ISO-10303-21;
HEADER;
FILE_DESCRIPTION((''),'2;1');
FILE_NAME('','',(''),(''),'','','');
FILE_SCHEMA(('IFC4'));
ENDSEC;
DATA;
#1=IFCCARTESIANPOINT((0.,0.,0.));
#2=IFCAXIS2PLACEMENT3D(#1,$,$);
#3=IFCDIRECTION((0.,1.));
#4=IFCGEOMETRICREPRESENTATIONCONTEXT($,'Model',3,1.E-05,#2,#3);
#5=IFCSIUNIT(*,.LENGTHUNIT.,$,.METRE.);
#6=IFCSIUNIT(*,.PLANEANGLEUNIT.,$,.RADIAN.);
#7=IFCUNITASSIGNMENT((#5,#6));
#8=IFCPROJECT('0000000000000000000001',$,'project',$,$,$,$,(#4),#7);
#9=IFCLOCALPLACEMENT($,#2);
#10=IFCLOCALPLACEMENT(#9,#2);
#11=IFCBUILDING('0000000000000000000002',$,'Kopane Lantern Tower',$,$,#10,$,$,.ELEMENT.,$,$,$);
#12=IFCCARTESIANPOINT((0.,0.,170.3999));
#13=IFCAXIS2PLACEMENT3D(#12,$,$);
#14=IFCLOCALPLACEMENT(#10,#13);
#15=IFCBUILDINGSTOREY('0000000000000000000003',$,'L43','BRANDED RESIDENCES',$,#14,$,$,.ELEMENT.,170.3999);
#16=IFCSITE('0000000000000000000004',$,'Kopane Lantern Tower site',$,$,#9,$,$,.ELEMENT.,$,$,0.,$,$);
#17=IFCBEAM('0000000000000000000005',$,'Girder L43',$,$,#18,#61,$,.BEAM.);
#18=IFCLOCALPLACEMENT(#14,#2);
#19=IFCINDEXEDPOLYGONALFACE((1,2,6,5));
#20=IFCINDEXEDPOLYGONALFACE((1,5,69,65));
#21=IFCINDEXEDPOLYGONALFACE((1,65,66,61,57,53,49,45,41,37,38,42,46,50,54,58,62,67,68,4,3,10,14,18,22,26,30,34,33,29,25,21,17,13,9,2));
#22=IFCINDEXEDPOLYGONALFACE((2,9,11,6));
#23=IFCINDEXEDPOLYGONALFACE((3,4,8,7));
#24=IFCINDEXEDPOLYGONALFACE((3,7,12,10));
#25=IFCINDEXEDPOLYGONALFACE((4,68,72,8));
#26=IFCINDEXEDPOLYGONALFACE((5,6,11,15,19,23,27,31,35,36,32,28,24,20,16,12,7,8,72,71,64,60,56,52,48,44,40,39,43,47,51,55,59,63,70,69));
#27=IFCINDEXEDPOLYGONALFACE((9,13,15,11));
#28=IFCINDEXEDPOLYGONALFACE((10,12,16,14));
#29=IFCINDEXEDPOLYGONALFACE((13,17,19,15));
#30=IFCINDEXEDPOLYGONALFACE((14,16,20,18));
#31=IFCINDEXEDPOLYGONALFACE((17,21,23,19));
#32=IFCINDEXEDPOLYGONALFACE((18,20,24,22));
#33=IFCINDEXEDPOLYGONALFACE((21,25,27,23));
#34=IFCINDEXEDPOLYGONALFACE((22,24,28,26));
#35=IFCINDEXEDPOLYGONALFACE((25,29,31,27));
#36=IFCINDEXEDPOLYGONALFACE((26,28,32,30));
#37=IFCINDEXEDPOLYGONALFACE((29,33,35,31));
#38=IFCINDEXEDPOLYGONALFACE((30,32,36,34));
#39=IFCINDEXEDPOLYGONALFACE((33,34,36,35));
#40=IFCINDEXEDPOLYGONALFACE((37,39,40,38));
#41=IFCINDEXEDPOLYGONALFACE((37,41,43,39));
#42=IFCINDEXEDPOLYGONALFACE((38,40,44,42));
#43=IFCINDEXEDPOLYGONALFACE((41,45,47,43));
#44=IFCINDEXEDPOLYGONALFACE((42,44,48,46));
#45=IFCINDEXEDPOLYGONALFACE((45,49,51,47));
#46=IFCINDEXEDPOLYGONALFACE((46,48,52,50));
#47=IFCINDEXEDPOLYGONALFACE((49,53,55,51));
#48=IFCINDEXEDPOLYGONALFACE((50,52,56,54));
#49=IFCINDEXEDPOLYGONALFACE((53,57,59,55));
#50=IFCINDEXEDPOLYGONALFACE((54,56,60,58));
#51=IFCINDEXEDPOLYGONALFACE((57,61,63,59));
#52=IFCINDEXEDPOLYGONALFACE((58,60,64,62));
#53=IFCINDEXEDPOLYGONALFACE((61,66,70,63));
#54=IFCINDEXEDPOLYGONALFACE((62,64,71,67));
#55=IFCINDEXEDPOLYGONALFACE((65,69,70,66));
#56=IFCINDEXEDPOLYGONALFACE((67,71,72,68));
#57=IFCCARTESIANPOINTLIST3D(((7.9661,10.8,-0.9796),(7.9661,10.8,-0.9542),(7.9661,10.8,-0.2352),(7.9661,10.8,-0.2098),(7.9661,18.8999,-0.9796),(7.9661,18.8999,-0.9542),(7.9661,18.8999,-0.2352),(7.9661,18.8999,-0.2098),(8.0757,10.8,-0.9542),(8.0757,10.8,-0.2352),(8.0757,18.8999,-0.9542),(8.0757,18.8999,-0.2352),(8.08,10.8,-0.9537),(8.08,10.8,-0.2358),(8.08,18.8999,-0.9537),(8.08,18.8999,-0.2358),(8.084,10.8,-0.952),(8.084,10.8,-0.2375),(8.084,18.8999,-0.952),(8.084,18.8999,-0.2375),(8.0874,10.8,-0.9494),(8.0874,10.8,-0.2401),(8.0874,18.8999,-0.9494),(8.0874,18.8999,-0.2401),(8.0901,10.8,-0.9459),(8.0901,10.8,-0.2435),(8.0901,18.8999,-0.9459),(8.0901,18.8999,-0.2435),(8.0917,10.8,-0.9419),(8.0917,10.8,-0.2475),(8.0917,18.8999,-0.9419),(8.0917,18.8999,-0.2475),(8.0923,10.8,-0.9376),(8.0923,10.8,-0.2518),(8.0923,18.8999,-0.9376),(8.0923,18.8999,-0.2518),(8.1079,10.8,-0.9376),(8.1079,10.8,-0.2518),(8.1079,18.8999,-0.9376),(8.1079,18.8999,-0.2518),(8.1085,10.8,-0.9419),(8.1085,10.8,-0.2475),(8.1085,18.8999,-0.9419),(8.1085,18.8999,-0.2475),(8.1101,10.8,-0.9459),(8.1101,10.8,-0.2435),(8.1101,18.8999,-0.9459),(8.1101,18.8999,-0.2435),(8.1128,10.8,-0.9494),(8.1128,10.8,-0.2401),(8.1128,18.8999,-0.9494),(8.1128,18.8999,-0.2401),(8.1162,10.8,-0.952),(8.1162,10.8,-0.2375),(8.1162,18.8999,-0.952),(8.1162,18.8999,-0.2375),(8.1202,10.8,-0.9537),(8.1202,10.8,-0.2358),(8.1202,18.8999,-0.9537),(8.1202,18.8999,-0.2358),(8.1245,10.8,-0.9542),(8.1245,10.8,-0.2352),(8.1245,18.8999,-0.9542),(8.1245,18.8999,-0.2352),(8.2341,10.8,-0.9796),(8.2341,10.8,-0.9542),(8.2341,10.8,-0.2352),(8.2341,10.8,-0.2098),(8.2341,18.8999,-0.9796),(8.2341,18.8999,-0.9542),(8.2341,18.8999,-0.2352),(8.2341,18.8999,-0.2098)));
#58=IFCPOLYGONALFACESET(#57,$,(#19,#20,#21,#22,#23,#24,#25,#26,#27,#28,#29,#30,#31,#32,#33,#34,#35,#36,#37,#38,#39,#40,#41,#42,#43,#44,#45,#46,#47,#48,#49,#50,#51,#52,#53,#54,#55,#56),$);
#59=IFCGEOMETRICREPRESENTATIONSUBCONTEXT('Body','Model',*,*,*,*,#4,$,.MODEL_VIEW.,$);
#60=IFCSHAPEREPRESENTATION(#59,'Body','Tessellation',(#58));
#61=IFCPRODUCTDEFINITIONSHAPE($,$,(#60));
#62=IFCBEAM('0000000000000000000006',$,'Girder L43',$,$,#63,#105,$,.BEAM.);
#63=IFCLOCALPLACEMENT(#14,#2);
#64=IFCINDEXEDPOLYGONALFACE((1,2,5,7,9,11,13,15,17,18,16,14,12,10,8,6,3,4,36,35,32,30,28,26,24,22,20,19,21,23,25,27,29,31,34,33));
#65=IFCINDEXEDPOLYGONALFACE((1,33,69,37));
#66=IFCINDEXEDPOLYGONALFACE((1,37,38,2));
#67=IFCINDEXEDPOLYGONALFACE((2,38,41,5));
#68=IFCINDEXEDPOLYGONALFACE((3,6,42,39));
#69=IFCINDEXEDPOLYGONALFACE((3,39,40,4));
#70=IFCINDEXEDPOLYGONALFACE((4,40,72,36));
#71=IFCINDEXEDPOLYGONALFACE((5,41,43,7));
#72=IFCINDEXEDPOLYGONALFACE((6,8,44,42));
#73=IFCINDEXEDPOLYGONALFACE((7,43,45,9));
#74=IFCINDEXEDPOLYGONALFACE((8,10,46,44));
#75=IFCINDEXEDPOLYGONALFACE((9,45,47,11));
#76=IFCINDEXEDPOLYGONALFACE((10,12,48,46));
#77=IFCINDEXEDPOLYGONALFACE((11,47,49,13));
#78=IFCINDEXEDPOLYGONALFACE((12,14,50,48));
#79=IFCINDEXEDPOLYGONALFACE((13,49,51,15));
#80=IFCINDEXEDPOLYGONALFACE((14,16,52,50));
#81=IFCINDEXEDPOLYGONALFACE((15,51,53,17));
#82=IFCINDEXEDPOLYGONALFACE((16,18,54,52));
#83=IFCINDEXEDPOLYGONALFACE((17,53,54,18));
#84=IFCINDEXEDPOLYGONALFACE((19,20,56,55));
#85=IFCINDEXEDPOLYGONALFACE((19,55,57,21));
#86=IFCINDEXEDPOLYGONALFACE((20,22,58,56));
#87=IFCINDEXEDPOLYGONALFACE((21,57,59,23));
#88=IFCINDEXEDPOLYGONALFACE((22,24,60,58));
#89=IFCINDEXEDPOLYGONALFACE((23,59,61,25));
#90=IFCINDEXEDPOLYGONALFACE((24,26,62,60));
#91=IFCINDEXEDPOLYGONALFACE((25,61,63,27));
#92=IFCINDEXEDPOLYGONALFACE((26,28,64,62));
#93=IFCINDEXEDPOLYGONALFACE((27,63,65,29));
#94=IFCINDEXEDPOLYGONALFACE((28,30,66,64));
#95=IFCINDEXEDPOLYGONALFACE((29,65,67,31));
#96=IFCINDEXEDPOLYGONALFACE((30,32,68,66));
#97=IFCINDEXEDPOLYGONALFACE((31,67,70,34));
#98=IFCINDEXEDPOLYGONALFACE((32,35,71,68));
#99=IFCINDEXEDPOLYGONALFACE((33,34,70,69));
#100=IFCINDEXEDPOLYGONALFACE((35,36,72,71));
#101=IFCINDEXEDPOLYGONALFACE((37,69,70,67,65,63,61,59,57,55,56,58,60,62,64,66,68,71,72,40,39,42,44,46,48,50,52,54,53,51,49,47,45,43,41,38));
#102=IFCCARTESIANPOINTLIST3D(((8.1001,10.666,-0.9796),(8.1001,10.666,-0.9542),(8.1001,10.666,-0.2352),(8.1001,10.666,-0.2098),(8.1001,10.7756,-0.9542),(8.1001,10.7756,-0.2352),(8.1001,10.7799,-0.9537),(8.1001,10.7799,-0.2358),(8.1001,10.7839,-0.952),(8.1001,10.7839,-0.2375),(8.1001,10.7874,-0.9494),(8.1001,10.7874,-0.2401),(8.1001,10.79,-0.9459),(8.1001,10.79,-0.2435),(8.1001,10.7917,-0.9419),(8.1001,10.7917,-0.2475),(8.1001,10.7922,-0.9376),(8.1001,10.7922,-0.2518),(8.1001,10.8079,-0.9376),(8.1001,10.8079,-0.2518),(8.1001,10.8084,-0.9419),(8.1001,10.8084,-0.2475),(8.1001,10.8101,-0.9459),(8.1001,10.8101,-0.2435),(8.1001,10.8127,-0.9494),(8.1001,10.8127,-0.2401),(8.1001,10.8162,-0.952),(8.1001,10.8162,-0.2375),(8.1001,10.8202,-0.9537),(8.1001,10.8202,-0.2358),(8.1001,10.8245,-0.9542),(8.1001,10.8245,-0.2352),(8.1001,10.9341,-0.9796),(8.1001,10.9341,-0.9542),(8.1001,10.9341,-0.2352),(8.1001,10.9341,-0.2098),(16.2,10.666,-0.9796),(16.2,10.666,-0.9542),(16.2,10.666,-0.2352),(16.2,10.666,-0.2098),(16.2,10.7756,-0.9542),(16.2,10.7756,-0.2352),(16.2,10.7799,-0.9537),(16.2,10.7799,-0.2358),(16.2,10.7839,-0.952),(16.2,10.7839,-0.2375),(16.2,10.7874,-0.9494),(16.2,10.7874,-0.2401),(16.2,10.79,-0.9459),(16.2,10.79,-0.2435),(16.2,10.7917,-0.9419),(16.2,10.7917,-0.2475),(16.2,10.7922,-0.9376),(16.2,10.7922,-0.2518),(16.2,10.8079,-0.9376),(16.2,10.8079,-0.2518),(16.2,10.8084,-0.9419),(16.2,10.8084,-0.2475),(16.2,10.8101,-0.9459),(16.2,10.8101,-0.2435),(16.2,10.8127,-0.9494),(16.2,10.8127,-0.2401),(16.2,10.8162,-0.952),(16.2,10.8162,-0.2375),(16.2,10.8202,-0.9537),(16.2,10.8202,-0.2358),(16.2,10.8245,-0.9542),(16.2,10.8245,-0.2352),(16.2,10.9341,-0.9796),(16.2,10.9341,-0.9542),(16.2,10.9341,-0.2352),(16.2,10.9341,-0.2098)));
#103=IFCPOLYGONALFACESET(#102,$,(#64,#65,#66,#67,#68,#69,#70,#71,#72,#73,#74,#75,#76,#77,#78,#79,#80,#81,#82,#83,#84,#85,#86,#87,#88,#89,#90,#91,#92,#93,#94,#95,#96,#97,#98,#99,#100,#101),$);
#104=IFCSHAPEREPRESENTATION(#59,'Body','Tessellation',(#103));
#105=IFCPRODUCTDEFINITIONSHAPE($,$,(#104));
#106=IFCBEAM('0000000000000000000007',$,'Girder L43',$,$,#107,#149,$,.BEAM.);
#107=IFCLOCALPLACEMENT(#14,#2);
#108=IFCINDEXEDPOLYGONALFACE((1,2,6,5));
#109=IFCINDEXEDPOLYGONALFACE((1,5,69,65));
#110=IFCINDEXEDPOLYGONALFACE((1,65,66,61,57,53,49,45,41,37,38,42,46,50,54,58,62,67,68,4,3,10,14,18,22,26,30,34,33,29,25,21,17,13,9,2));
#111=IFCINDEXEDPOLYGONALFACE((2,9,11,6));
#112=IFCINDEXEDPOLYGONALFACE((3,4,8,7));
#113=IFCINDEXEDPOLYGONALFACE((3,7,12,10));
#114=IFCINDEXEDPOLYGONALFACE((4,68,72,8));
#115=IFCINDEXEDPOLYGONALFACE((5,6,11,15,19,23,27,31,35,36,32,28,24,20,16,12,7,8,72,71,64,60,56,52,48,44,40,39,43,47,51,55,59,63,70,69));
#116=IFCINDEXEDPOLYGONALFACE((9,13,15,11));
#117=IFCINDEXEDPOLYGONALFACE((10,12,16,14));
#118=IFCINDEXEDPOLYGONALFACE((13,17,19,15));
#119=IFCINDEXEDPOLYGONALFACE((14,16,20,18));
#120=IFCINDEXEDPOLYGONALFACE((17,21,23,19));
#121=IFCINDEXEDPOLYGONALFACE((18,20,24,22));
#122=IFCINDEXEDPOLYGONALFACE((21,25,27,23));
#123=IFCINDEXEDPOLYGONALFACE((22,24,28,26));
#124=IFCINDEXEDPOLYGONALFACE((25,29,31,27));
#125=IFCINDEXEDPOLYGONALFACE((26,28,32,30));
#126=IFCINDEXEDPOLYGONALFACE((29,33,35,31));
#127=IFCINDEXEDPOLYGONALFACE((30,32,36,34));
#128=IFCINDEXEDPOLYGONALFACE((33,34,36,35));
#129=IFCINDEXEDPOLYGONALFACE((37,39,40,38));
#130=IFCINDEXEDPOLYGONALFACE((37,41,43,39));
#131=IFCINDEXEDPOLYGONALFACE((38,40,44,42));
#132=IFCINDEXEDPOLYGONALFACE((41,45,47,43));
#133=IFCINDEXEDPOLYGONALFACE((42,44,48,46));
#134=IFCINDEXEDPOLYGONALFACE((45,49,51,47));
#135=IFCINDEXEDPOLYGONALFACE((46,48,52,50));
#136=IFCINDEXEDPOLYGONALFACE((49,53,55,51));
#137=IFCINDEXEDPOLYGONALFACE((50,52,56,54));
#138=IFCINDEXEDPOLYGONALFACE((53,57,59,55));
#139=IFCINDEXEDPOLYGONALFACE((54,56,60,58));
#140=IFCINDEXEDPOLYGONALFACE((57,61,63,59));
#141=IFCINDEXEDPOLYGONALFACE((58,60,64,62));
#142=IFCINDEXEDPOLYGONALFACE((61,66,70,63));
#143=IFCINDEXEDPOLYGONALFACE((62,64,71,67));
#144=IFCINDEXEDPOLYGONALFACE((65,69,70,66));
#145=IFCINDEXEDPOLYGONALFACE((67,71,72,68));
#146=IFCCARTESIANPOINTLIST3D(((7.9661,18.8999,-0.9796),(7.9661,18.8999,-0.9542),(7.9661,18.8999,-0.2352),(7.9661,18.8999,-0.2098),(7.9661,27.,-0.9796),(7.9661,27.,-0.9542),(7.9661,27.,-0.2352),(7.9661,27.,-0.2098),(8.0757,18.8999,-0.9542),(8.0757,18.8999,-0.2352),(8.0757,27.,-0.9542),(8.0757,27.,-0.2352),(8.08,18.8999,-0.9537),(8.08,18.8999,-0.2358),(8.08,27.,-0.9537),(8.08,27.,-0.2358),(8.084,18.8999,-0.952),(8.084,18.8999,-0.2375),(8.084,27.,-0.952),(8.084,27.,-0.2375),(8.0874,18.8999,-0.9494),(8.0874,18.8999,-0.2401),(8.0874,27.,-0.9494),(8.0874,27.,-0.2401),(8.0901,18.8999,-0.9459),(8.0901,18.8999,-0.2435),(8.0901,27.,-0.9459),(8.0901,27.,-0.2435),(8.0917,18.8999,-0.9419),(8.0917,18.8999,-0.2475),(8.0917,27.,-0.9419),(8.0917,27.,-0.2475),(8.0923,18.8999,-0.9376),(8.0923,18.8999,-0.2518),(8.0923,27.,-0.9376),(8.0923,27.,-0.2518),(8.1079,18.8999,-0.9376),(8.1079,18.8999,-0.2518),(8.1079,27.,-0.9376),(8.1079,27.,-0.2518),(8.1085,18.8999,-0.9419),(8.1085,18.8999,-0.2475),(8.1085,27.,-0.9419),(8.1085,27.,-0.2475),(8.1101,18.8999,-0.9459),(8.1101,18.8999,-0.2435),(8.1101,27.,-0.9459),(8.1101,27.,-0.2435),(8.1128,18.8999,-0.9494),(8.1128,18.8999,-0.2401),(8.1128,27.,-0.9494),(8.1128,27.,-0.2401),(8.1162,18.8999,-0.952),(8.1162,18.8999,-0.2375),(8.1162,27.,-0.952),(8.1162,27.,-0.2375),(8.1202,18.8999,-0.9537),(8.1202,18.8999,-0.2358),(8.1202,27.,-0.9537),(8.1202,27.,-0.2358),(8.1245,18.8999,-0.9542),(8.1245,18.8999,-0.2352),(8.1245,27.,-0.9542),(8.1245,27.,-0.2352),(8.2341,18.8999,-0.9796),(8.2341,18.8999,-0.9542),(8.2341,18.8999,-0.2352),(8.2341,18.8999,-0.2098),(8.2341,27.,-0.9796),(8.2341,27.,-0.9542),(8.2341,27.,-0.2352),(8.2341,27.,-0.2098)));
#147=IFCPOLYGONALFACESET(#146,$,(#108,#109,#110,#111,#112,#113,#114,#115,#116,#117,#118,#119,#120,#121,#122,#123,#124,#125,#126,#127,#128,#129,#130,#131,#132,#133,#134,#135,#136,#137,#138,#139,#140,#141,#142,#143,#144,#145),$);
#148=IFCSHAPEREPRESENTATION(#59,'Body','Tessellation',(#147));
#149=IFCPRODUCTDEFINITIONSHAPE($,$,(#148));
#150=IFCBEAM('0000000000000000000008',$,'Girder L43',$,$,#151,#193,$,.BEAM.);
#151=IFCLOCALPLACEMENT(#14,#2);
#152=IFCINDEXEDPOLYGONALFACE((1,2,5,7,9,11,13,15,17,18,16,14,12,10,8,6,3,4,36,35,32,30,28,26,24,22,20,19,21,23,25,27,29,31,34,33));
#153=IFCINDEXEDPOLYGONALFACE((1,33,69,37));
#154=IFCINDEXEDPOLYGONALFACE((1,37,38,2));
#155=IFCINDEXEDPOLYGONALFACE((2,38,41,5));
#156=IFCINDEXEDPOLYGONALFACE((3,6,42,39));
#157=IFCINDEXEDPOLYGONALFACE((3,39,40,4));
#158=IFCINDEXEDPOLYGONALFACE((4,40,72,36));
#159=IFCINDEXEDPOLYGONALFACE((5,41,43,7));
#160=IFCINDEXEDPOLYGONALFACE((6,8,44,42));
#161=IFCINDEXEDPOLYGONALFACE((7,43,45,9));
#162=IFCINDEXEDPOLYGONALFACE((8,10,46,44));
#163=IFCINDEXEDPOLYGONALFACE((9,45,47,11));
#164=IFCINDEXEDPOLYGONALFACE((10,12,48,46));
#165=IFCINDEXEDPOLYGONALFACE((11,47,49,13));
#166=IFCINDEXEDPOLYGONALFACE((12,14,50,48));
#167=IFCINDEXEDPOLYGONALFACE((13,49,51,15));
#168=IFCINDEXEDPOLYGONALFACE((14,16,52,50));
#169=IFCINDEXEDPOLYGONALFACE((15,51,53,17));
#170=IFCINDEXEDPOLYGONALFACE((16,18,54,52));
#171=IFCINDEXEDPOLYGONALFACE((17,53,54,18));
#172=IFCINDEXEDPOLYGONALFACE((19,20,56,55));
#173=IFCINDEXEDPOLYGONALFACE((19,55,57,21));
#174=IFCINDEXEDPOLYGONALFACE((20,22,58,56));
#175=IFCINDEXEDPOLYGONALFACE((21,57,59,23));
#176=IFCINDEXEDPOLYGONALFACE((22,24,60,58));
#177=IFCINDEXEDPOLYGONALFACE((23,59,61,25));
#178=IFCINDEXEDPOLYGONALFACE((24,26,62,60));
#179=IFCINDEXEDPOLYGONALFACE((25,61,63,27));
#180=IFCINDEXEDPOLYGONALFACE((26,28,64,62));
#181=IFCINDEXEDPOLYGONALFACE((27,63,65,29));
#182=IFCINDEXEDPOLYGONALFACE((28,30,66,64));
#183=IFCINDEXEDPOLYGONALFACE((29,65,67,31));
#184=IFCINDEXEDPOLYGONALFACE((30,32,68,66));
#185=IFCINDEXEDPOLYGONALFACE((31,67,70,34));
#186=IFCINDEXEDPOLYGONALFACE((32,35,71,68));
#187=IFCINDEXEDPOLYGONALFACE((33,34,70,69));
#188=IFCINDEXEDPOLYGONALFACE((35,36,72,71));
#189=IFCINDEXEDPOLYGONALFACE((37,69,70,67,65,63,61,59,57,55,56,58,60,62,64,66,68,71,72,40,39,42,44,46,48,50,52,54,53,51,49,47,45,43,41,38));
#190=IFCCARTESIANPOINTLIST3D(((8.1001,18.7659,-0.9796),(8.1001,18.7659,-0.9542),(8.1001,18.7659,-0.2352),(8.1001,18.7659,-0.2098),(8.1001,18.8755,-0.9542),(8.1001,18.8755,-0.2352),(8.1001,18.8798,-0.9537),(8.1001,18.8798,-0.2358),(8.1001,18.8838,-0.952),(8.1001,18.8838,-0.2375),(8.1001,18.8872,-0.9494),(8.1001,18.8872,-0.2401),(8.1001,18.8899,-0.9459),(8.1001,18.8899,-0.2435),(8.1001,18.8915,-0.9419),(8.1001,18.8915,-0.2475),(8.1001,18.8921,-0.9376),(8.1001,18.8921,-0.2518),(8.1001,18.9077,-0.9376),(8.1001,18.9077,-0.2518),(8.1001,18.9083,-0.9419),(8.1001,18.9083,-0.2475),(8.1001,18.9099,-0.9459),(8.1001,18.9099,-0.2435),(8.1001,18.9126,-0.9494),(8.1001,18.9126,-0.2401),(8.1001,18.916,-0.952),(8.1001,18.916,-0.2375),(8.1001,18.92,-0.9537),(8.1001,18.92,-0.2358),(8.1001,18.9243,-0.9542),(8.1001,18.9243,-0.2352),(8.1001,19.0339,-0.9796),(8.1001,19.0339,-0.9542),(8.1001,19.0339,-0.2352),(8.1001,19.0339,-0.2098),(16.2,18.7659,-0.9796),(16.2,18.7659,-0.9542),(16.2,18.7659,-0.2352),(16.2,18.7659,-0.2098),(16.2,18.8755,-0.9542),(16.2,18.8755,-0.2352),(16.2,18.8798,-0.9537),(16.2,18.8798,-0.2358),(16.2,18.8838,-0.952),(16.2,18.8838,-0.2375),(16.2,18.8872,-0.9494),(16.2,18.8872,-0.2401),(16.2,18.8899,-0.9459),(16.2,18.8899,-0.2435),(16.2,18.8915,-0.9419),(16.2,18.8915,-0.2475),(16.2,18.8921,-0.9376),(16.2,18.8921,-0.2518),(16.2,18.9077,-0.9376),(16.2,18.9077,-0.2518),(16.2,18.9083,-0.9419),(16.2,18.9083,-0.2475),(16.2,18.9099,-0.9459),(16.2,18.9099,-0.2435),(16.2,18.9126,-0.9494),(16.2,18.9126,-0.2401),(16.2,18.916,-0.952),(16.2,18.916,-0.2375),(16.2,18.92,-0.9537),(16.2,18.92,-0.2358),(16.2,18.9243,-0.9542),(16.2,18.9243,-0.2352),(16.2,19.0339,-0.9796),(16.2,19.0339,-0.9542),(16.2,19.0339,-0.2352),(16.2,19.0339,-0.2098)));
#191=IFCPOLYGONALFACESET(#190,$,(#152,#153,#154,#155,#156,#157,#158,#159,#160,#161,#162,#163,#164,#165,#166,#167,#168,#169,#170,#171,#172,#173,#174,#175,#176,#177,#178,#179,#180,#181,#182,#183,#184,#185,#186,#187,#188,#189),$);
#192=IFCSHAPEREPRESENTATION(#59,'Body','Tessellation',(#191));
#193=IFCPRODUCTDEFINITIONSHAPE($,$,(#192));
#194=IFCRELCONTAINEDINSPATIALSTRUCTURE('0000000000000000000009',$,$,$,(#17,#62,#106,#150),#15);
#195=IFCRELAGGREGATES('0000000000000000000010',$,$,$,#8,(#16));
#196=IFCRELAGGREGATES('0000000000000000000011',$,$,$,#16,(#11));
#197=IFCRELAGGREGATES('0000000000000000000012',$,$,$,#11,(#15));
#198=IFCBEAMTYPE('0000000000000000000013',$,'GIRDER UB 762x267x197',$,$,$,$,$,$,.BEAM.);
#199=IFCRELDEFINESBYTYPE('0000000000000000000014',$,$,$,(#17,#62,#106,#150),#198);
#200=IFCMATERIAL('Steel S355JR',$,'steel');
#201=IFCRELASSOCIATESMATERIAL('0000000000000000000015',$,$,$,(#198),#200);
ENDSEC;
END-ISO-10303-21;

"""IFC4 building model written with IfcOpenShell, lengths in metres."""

from ifc_helpers import new_model, si_unit, direction, frame, origin, origin_2d, place, context, subcontext, project, spatial, i_section, extrude, material, material_profile, profile_set, type_object, element, save


model = new_model("IFC4")

# Units and contexts
model_context = context("Model", 3, precision=1e-05, world=origin(), true_north=direction((0.0, 1.0)))
body_context = subcontext(model_context, "Body", "Model", "MODEL_VIEW")
ifc_project = project(units=[si_unit("LENGTHUNIT", "METRE"), si_unit("PLANEANGLEUNIT", "RADIAN")], contexts=[model_context])

# Site, building, storey
site_placement = place(None, origin())
site = spatial("IfcSite", under=ifc_project, at=site_placement, Name="Kopane Lantern Tower site", CompositionType="ELEMENT", RefElevation=0.0)
building_placement = place(site_placement, origin())
building = spatial("IfcBuilding", under=site, at=building_placement, Name="Kopane Lantern Tower", CompositionType="ELEMENT")
storey_placement = place(building_placement, frame((0.0, 0.0, 170.3999)))
storey = spatial("IfcBuildingStorey", under=building, at=storey_placement, Name="L43", Description="BRANDED RESIDENCES", CompositionType="ELEMENT", Elevation=170.3999)

# Beams
ifc_material_1 = material(Name="Steel S355JR", Category="steel")
ifc_material_profile_1 = material_profile(ifc_material_1, i_section(OverallWidth=0.2681, OverallDepth=0.7698, WebThickness=0.0156, FlangeThickness=0.0254, FilletRadius=0.0166, at=origin_2d()), Name="UB 762x267x197")
ifc_profile_set_1 = profile_set([ifc_material_profile_1], Name="Steel S355JR")
beam_type_1 = type_object("IfcBeamType", Name="GIRDER UB 762x267x197", PredefinedType="BEAM", material=ifc_profile_set_1)
for number, where, z_axis, x_axis, name in (
    (1, (8.1001, 10.8, -0.5947), (0.0, 1.0, 0.0), (-1.0, 0.0, 0.0), "Girder L43"),
    (2, (8.1001, 10.8, -0.5947), (1.0, 0.0, 0.0), (0.0, 1.0, 0.0), "Girder L43"),
):
    element("IfcBeam", number, at=place(storey_placement, frame(where, z_axis=z_axis, x_axis=x_axis)), inside=storey, type_object=beam_type_1, Name=name, PredefinedType="BEAM", context=body_context, shape_type="SweptSolid", body=[
        extrude(i_section(OverallWidth=0.2681, OverallDepth=0.7698, WebThickness=0.0156, FlangeThickness=0.0254, FilletRadius=0.0166, at=origin_2d()), origin(), (0.0, 0.0, 1.0), 8.0999),
    ])
beam_1_placement = place(storey_placement, frame((8.1001, 18.8999, -0.5947), z_axis=(0.0, 1.0, 0.0), x_axis=(-1.0, 0.0, 0.0)))
element("IfcBeam", 3, at=beam_1_placement, inside=storey, type_object=beam_type_1, Name="Girder L43", PredefinedType="BEAM", context=body_context, shape_type="SweptSolid", body=[
    extrude(i_section(OverallWidth=0.2681, OverallDepth=0.7698, WebThickness=0.0156, FlangeThickness=0.0254, FilletRadius=0.0166, at=origin_2d()), origin(), (0.0, 0.0, 1.0), 8.1001),
])
beam_2_placement = place(storey_placement, frame((8.1001, 18.8999, -0.5947), z_axis=(1.0, 0.0, 0.0), x_axis=(0.0, 1.0, 0.0)))
element("IfcBeam", 4, at=beam_2_placement, inside=storey, type_object=beam_type_1, Name="Girder L43", PredefinedType="BEAM", context=body_context, shape_type="SweptSolid", body=[
    extrude(i_section(OverallWidth=0.2681, OverallDepth=0.7698, WebThickness=0.0156, FlangeThickness=0.0254, FilletRadius=0.0166, at=origin_2d()), origin(), (0.0, 0.0, 1.0), 8.0999),
])

save(model, "model.ifc")
